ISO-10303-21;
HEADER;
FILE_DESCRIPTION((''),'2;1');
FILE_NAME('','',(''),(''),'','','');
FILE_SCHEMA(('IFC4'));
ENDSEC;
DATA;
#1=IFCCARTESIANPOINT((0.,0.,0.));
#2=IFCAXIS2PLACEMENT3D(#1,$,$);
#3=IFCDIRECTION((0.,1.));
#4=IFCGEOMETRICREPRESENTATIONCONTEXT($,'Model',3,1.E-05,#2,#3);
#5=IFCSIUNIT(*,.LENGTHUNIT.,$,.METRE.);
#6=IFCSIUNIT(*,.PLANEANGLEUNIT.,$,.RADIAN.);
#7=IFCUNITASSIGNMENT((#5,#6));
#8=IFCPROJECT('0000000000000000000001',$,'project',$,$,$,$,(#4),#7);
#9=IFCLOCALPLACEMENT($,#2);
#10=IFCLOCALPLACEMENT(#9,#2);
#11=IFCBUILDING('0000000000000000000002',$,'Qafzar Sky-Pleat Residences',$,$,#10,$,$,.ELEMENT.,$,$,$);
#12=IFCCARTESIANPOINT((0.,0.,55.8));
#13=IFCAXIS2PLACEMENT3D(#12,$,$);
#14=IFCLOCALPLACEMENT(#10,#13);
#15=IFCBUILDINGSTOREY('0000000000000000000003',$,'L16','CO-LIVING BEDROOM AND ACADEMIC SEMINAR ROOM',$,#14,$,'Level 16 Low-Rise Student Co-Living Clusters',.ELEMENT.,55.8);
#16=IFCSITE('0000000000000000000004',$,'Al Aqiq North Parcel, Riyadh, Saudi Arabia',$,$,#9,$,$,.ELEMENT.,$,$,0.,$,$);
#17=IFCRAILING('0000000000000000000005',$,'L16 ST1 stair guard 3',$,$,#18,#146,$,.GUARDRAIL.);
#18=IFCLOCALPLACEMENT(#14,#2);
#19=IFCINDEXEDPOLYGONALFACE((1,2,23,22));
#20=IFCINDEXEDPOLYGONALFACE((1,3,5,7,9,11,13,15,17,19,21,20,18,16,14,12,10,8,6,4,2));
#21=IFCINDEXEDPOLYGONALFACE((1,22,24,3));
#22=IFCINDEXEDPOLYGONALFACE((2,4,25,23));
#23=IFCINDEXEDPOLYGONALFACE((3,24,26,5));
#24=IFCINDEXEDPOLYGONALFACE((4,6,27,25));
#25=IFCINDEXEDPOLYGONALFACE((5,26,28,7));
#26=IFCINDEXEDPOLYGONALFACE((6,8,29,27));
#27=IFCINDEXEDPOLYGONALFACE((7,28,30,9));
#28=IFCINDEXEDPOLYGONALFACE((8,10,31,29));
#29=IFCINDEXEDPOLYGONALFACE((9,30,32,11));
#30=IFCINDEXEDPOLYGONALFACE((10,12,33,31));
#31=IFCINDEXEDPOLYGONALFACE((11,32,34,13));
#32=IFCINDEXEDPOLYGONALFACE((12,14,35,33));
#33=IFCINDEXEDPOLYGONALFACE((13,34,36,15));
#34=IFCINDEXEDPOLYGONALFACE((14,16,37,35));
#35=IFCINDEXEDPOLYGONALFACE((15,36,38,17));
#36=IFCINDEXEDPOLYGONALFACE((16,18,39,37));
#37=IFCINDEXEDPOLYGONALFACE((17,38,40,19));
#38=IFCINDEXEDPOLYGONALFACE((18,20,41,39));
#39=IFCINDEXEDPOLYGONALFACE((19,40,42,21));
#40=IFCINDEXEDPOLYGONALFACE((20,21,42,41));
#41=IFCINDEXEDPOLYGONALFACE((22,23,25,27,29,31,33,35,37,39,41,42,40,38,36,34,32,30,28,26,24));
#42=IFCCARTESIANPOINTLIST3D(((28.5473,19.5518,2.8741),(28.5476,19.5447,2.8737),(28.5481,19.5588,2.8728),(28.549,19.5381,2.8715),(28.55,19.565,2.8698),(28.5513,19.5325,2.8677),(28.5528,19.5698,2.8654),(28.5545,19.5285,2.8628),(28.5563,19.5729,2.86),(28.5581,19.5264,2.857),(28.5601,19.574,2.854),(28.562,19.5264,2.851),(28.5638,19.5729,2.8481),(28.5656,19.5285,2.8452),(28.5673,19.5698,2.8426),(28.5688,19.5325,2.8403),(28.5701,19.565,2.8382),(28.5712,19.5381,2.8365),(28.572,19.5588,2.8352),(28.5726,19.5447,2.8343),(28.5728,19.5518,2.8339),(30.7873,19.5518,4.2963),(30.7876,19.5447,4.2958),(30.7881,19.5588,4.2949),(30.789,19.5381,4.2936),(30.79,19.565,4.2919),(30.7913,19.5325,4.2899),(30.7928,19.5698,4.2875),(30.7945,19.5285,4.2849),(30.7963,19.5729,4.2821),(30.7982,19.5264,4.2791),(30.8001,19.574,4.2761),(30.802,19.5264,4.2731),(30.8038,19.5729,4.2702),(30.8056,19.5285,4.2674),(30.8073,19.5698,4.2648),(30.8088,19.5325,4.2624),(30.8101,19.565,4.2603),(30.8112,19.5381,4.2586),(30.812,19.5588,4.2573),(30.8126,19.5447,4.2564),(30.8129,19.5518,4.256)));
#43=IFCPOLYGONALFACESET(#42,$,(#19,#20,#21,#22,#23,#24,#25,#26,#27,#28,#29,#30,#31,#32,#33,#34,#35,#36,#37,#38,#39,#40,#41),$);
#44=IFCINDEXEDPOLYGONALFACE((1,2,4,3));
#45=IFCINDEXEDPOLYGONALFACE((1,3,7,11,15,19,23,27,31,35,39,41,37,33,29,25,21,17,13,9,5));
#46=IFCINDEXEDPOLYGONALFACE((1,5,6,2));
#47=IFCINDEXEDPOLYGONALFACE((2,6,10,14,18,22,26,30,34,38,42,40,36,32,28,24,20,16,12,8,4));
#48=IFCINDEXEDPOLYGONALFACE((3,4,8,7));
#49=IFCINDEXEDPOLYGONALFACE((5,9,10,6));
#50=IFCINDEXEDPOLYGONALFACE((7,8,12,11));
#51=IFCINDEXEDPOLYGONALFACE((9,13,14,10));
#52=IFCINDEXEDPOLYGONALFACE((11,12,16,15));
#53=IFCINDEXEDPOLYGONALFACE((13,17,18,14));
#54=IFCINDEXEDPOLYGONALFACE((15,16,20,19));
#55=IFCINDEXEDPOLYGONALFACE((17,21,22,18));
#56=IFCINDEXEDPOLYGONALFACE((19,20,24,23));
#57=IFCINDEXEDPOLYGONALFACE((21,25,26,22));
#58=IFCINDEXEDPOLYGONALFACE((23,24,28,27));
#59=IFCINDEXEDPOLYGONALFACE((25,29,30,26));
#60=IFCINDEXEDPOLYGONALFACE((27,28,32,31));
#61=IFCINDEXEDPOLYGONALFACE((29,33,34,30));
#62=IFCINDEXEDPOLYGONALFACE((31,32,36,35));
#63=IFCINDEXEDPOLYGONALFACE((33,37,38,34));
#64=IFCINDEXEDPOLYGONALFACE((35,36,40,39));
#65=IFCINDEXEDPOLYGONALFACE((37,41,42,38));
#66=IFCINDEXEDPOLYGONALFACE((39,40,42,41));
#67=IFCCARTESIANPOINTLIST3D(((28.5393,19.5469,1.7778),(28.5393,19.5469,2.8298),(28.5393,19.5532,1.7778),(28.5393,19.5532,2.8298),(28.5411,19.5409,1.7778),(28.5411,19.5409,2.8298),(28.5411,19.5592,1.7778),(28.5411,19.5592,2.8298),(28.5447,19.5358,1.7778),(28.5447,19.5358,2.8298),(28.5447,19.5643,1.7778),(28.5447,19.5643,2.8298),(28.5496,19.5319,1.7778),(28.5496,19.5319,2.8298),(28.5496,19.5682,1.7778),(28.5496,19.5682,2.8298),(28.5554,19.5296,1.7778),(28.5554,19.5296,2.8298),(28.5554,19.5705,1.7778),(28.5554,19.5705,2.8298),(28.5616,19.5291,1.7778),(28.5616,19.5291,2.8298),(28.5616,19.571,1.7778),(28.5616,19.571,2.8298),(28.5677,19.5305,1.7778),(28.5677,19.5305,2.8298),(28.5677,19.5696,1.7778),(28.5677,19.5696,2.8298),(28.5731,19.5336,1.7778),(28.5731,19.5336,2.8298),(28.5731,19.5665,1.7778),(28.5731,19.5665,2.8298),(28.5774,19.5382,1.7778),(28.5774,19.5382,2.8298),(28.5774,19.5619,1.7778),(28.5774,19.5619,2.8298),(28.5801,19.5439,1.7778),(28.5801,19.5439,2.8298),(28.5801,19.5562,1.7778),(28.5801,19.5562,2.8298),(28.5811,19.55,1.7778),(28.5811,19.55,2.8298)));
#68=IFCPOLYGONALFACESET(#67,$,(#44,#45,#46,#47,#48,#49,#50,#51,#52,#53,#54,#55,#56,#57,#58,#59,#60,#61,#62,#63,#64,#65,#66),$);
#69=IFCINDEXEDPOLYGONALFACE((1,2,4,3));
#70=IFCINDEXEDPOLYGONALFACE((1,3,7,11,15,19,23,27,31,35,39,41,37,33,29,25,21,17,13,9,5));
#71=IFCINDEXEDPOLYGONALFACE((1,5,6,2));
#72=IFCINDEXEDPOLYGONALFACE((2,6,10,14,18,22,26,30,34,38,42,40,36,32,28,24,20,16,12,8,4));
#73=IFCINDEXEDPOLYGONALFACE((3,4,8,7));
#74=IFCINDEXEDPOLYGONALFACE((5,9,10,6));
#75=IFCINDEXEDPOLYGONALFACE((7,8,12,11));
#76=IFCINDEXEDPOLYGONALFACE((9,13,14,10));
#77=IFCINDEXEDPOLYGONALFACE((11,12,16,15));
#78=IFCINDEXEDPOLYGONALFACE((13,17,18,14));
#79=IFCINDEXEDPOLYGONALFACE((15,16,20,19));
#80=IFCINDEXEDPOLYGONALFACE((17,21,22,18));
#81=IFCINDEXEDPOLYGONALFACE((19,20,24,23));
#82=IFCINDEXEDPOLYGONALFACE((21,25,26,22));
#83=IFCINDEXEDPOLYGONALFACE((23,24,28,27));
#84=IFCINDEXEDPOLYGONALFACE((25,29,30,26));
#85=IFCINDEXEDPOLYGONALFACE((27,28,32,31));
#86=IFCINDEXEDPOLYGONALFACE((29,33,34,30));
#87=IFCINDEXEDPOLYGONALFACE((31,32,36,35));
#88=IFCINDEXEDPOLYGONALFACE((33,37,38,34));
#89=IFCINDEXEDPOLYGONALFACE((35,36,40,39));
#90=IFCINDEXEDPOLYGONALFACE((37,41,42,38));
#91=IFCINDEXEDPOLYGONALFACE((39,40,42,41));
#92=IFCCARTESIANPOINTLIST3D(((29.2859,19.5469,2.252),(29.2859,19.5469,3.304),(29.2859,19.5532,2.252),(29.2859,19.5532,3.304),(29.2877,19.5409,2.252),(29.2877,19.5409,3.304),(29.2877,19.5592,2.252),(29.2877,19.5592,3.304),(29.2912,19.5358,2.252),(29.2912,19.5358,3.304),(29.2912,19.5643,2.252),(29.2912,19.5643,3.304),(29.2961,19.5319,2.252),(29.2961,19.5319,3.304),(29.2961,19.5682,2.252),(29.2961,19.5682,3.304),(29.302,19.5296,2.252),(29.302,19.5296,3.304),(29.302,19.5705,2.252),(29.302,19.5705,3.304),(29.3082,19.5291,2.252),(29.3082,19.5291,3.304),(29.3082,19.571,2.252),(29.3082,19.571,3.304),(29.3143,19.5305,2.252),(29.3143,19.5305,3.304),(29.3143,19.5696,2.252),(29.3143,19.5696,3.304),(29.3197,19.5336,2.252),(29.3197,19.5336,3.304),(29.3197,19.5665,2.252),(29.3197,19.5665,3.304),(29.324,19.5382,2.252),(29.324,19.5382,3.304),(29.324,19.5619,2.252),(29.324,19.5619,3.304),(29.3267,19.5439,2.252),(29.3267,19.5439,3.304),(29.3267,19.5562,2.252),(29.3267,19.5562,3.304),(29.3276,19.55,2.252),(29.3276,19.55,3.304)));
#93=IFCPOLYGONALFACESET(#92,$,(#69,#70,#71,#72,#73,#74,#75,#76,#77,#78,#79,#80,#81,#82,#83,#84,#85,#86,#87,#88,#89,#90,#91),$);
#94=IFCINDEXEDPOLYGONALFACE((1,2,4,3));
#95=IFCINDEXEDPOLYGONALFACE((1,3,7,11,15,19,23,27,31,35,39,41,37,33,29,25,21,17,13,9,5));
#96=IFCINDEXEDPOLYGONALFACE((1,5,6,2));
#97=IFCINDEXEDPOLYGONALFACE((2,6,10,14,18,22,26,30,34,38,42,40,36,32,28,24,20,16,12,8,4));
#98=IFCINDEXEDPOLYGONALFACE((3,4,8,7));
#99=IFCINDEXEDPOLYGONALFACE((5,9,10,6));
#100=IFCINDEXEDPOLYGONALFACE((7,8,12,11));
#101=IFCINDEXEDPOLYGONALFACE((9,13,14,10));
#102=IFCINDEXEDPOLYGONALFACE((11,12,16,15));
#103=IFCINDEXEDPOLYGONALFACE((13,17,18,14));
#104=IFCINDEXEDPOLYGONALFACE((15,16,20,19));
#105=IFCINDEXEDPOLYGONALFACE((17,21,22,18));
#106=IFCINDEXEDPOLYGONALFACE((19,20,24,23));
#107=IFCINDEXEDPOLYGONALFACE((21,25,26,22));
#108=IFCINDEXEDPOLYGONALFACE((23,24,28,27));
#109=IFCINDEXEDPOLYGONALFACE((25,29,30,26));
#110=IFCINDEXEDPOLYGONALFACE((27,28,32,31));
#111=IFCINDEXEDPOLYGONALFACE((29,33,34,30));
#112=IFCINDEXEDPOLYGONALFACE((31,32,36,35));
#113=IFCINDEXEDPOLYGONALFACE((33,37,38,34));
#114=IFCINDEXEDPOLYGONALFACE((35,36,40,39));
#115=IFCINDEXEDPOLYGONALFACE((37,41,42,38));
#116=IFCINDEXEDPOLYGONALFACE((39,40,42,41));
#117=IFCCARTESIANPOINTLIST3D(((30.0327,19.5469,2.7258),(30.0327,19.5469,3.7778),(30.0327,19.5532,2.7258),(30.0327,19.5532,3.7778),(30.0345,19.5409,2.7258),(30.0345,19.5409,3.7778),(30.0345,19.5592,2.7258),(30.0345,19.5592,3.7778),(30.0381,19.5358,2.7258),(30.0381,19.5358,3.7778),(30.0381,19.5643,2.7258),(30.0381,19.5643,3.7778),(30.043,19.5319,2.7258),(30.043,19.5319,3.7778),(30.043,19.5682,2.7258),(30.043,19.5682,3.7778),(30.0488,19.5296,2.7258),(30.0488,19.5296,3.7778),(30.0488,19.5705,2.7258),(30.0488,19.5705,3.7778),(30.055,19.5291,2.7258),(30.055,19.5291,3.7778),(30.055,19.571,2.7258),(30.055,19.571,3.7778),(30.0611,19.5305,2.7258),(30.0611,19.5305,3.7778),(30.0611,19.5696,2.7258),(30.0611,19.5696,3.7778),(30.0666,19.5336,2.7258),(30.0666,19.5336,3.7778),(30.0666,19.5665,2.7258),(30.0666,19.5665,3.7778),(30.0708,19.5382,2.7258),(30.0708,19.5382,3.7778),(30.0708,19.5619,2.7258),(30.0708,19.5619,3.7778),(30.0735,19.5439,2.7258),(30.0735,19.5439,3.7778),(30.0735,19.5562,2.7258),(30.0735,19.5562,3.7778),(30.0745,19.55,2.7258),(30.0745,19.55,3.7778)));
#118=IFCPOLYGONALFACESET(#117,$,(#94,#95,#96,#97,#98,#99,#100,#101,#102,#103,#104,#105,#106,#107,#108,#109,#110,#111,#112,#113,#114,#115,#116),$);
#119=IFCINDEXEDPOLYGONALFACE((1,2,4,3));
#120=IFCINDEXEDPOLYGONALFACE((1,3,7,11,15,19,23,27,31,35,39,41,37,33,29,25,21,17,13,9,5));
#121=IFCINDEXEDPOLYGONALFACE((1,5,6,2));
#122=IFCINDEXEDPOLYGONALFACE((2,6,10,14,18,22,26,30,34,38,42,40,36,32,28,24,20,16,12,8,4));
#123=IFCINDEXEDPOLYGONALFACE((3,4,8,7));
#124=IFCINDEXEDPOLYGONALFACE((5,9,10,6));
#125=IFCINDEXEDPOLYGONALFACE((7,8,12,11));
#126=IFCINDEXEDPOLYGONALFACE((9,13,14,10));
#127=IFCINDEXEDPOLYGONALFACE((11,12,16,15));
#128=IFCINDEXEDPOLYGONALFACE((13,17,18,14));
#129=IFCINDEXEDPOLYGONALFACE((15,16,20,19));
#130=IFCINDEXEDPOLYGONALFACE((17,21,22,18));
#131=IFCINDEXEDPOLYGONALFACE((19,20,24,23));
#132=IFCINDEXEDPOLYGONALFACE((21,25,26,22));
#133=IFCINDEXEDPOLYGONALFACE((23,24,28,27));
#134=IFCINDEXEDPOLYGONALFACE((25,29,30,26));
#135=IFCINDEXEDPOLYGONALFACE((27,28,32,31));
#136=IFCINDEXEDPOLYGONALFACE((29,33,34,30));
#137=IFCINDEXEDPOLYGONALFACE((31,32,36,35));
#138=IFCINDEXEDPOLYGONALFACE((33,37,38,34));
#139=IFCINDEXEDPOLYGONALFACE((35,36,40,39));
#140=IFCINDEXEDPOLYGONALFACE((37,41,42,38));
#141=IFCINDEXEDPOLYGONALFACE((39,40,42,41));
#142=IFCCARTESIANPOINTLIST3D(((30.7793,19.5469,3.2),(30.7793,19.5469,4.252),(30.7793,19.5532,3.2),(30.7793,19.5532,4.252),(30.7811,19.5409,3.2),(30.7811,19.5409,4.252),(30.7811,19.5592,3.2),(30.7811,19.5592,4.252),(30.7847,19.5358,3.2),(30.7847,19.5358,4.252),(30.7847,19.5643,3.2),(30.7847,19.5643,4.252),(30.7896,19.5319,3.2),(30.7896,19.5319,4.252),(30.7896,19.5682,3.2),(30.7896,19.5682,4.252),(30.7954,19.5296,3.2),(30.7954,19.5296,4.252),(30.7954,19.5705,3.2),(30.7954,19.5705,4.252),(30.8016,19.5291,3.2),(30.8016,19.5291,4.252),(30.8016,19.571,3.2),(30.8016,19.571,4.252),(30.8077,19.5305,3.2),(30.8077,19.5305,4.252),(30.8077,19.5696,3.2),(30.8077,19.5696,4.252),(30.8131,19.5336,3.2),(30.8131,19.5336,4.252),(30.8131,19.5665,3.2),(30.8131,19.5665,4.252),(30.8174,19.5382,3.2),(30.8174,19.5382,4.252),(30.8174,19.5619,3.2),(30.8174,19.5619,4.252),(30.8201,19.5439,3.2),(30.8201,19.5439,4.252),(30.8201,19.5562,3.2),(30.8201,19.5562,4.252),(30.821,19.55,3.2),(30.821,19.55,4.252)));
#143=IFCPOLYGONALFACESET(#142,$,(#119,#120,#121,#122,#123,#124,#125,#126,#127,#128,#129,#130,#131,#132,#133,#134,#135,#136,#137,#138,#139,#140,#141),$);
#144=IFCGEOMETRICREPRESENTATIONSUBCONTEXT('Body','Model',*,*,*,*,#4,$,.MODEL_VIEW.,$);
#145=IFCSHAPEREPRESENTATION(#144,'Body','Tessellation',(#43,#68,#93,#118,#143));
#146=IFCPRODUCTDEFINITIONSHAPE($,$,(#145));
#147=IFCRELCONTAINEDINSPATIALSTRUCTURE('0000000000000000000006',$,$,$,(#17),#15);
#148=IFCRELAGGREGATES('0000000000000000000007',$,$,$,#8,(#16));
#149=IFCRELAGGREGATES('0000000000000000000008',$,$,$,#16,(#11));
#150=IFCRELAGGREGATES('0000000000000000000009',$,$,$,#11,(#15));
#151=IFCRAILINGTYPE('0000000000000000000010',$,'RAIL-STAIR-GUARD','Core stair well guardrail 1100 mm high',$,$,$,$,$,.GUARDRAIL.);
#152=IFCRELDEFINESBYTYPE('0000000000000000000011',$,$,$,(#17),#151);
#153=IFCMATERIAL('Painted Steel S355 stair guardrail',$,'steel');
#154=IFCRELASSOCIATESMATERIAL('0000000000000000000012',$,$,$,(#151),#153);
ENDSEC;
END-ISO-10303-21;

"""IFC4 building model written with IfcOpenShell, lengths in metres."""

from ifc_helpers import new_model, si_unit, direction, frame, origin, origin_2d, place, context, subcontext, project, spatial, circle, extrude, source, transform, mapped, material, type_object, element, save


model = new_model("IFC4")

# Units and contexts
model_context = context("Model", 3, precision=1e-05, world=origin(), true_north=direction((0.0, 1.0)))
body_context = subcontext(model_context, "Body", "Model", "MODEL_VIEW")
ifc_project = project(units=[si_unit("LENGTHUNIT", "METRE"), si_unit("PLANEANGLEUNIT", "RADIAN")], contexts=[model_context])

# Site, building, storey
site_placement = place(None, origin())
site = spatial("IfcSite", under=ifc_project, at=site_placement, Name="Al Aqiq North Parcel, Riyadh, Saudi Arabia", CompositionType="ELEMENT", RefElevation=0.0)
building_placement = place(site_placement, origin())
building = spatial("IfcBuilding", under=site, at=building_placement, Name="Qafzar Sky-Pleat Residences", CompositionType="ELEMENT")
storey_placement = place(building_placement, frame((0.0, 0.0, 55.8)))
storey = spatial("IfcBuildingStorey", under=building, at=storey_placement, Name="L16", Description="CO-LIVING BEDROOM AND ACADEMIC SEMINAR ROOM", LongName="Level 16 Low-Rise Student Co-Living Clusters", CompositionType="ELEMENT", Elevation=55.8)

# Railing
ifc_material_1 = material(Name="Painted Steel S355 stair guardrail", Category="steel")
railing_type_1 = type_object("IfcRailingType", Name="RAIL-STAIR-GUARD", Description="Core stair well guardrail 1100 mm high", PredefinedType="GUARDRAIL", material=ifc_material_1)
shared_shape_1 = source(origin(), body_context, "Body", "SweptSolid", [
    extrude(circle(Radius=0.0239, at=origin_2d()), frame((0.0, 0.0, 1.0762), z_axis=(0.844229, 0.0, 0.535982), x_axis=(0.0, 1.0, 0.0)), (0.0, 0.0, 1.0), 2.6533),
    extrude(circle(Radius=0.021, at=origin_2d()), origin(), (0.0, 0.0, 1.0), 1.052),
    extrude(circle(Radius=0.021, at=origin_2d()), frame((0.7466, 0.0, 0.4741)), (0.0, 0.0, 1.0), 1.052),
    extrude(circle(Radius=0.021, at=origin_2d()), frame((1.4934, 0.0, 0.948)), (0.0, 0.0, 1.0), 1.052),
    extrude(circle(Radius=0.021, at=origin_2d()), frame((2.24, 0.0, 1.4221)), (0.0, 0.0, 1.0), 1.052),
])
railing_1_placement = place(storey_placement, frame((28.5601, 19.55, 1.7778)))
element("IfcRailing", 1, at=railing_1_placement, inside=storey, type_object=railing_type_1, Name="L16 ST1 stair guard 3", PredefinedType="GUARDRAIL", context=body_context, shape_type="MappedRepresentation", body=[
    mapped(shared_shape_1, transform((0.0, 0.0, 0.0), x_axis=(1.0, 0.0, 0.0), y_axis=(0.0, 1.0, 0.0), z_axis=(0.0, 0.0, 1.0), scale=1.0)),
])

save(model, "model.ifc")
